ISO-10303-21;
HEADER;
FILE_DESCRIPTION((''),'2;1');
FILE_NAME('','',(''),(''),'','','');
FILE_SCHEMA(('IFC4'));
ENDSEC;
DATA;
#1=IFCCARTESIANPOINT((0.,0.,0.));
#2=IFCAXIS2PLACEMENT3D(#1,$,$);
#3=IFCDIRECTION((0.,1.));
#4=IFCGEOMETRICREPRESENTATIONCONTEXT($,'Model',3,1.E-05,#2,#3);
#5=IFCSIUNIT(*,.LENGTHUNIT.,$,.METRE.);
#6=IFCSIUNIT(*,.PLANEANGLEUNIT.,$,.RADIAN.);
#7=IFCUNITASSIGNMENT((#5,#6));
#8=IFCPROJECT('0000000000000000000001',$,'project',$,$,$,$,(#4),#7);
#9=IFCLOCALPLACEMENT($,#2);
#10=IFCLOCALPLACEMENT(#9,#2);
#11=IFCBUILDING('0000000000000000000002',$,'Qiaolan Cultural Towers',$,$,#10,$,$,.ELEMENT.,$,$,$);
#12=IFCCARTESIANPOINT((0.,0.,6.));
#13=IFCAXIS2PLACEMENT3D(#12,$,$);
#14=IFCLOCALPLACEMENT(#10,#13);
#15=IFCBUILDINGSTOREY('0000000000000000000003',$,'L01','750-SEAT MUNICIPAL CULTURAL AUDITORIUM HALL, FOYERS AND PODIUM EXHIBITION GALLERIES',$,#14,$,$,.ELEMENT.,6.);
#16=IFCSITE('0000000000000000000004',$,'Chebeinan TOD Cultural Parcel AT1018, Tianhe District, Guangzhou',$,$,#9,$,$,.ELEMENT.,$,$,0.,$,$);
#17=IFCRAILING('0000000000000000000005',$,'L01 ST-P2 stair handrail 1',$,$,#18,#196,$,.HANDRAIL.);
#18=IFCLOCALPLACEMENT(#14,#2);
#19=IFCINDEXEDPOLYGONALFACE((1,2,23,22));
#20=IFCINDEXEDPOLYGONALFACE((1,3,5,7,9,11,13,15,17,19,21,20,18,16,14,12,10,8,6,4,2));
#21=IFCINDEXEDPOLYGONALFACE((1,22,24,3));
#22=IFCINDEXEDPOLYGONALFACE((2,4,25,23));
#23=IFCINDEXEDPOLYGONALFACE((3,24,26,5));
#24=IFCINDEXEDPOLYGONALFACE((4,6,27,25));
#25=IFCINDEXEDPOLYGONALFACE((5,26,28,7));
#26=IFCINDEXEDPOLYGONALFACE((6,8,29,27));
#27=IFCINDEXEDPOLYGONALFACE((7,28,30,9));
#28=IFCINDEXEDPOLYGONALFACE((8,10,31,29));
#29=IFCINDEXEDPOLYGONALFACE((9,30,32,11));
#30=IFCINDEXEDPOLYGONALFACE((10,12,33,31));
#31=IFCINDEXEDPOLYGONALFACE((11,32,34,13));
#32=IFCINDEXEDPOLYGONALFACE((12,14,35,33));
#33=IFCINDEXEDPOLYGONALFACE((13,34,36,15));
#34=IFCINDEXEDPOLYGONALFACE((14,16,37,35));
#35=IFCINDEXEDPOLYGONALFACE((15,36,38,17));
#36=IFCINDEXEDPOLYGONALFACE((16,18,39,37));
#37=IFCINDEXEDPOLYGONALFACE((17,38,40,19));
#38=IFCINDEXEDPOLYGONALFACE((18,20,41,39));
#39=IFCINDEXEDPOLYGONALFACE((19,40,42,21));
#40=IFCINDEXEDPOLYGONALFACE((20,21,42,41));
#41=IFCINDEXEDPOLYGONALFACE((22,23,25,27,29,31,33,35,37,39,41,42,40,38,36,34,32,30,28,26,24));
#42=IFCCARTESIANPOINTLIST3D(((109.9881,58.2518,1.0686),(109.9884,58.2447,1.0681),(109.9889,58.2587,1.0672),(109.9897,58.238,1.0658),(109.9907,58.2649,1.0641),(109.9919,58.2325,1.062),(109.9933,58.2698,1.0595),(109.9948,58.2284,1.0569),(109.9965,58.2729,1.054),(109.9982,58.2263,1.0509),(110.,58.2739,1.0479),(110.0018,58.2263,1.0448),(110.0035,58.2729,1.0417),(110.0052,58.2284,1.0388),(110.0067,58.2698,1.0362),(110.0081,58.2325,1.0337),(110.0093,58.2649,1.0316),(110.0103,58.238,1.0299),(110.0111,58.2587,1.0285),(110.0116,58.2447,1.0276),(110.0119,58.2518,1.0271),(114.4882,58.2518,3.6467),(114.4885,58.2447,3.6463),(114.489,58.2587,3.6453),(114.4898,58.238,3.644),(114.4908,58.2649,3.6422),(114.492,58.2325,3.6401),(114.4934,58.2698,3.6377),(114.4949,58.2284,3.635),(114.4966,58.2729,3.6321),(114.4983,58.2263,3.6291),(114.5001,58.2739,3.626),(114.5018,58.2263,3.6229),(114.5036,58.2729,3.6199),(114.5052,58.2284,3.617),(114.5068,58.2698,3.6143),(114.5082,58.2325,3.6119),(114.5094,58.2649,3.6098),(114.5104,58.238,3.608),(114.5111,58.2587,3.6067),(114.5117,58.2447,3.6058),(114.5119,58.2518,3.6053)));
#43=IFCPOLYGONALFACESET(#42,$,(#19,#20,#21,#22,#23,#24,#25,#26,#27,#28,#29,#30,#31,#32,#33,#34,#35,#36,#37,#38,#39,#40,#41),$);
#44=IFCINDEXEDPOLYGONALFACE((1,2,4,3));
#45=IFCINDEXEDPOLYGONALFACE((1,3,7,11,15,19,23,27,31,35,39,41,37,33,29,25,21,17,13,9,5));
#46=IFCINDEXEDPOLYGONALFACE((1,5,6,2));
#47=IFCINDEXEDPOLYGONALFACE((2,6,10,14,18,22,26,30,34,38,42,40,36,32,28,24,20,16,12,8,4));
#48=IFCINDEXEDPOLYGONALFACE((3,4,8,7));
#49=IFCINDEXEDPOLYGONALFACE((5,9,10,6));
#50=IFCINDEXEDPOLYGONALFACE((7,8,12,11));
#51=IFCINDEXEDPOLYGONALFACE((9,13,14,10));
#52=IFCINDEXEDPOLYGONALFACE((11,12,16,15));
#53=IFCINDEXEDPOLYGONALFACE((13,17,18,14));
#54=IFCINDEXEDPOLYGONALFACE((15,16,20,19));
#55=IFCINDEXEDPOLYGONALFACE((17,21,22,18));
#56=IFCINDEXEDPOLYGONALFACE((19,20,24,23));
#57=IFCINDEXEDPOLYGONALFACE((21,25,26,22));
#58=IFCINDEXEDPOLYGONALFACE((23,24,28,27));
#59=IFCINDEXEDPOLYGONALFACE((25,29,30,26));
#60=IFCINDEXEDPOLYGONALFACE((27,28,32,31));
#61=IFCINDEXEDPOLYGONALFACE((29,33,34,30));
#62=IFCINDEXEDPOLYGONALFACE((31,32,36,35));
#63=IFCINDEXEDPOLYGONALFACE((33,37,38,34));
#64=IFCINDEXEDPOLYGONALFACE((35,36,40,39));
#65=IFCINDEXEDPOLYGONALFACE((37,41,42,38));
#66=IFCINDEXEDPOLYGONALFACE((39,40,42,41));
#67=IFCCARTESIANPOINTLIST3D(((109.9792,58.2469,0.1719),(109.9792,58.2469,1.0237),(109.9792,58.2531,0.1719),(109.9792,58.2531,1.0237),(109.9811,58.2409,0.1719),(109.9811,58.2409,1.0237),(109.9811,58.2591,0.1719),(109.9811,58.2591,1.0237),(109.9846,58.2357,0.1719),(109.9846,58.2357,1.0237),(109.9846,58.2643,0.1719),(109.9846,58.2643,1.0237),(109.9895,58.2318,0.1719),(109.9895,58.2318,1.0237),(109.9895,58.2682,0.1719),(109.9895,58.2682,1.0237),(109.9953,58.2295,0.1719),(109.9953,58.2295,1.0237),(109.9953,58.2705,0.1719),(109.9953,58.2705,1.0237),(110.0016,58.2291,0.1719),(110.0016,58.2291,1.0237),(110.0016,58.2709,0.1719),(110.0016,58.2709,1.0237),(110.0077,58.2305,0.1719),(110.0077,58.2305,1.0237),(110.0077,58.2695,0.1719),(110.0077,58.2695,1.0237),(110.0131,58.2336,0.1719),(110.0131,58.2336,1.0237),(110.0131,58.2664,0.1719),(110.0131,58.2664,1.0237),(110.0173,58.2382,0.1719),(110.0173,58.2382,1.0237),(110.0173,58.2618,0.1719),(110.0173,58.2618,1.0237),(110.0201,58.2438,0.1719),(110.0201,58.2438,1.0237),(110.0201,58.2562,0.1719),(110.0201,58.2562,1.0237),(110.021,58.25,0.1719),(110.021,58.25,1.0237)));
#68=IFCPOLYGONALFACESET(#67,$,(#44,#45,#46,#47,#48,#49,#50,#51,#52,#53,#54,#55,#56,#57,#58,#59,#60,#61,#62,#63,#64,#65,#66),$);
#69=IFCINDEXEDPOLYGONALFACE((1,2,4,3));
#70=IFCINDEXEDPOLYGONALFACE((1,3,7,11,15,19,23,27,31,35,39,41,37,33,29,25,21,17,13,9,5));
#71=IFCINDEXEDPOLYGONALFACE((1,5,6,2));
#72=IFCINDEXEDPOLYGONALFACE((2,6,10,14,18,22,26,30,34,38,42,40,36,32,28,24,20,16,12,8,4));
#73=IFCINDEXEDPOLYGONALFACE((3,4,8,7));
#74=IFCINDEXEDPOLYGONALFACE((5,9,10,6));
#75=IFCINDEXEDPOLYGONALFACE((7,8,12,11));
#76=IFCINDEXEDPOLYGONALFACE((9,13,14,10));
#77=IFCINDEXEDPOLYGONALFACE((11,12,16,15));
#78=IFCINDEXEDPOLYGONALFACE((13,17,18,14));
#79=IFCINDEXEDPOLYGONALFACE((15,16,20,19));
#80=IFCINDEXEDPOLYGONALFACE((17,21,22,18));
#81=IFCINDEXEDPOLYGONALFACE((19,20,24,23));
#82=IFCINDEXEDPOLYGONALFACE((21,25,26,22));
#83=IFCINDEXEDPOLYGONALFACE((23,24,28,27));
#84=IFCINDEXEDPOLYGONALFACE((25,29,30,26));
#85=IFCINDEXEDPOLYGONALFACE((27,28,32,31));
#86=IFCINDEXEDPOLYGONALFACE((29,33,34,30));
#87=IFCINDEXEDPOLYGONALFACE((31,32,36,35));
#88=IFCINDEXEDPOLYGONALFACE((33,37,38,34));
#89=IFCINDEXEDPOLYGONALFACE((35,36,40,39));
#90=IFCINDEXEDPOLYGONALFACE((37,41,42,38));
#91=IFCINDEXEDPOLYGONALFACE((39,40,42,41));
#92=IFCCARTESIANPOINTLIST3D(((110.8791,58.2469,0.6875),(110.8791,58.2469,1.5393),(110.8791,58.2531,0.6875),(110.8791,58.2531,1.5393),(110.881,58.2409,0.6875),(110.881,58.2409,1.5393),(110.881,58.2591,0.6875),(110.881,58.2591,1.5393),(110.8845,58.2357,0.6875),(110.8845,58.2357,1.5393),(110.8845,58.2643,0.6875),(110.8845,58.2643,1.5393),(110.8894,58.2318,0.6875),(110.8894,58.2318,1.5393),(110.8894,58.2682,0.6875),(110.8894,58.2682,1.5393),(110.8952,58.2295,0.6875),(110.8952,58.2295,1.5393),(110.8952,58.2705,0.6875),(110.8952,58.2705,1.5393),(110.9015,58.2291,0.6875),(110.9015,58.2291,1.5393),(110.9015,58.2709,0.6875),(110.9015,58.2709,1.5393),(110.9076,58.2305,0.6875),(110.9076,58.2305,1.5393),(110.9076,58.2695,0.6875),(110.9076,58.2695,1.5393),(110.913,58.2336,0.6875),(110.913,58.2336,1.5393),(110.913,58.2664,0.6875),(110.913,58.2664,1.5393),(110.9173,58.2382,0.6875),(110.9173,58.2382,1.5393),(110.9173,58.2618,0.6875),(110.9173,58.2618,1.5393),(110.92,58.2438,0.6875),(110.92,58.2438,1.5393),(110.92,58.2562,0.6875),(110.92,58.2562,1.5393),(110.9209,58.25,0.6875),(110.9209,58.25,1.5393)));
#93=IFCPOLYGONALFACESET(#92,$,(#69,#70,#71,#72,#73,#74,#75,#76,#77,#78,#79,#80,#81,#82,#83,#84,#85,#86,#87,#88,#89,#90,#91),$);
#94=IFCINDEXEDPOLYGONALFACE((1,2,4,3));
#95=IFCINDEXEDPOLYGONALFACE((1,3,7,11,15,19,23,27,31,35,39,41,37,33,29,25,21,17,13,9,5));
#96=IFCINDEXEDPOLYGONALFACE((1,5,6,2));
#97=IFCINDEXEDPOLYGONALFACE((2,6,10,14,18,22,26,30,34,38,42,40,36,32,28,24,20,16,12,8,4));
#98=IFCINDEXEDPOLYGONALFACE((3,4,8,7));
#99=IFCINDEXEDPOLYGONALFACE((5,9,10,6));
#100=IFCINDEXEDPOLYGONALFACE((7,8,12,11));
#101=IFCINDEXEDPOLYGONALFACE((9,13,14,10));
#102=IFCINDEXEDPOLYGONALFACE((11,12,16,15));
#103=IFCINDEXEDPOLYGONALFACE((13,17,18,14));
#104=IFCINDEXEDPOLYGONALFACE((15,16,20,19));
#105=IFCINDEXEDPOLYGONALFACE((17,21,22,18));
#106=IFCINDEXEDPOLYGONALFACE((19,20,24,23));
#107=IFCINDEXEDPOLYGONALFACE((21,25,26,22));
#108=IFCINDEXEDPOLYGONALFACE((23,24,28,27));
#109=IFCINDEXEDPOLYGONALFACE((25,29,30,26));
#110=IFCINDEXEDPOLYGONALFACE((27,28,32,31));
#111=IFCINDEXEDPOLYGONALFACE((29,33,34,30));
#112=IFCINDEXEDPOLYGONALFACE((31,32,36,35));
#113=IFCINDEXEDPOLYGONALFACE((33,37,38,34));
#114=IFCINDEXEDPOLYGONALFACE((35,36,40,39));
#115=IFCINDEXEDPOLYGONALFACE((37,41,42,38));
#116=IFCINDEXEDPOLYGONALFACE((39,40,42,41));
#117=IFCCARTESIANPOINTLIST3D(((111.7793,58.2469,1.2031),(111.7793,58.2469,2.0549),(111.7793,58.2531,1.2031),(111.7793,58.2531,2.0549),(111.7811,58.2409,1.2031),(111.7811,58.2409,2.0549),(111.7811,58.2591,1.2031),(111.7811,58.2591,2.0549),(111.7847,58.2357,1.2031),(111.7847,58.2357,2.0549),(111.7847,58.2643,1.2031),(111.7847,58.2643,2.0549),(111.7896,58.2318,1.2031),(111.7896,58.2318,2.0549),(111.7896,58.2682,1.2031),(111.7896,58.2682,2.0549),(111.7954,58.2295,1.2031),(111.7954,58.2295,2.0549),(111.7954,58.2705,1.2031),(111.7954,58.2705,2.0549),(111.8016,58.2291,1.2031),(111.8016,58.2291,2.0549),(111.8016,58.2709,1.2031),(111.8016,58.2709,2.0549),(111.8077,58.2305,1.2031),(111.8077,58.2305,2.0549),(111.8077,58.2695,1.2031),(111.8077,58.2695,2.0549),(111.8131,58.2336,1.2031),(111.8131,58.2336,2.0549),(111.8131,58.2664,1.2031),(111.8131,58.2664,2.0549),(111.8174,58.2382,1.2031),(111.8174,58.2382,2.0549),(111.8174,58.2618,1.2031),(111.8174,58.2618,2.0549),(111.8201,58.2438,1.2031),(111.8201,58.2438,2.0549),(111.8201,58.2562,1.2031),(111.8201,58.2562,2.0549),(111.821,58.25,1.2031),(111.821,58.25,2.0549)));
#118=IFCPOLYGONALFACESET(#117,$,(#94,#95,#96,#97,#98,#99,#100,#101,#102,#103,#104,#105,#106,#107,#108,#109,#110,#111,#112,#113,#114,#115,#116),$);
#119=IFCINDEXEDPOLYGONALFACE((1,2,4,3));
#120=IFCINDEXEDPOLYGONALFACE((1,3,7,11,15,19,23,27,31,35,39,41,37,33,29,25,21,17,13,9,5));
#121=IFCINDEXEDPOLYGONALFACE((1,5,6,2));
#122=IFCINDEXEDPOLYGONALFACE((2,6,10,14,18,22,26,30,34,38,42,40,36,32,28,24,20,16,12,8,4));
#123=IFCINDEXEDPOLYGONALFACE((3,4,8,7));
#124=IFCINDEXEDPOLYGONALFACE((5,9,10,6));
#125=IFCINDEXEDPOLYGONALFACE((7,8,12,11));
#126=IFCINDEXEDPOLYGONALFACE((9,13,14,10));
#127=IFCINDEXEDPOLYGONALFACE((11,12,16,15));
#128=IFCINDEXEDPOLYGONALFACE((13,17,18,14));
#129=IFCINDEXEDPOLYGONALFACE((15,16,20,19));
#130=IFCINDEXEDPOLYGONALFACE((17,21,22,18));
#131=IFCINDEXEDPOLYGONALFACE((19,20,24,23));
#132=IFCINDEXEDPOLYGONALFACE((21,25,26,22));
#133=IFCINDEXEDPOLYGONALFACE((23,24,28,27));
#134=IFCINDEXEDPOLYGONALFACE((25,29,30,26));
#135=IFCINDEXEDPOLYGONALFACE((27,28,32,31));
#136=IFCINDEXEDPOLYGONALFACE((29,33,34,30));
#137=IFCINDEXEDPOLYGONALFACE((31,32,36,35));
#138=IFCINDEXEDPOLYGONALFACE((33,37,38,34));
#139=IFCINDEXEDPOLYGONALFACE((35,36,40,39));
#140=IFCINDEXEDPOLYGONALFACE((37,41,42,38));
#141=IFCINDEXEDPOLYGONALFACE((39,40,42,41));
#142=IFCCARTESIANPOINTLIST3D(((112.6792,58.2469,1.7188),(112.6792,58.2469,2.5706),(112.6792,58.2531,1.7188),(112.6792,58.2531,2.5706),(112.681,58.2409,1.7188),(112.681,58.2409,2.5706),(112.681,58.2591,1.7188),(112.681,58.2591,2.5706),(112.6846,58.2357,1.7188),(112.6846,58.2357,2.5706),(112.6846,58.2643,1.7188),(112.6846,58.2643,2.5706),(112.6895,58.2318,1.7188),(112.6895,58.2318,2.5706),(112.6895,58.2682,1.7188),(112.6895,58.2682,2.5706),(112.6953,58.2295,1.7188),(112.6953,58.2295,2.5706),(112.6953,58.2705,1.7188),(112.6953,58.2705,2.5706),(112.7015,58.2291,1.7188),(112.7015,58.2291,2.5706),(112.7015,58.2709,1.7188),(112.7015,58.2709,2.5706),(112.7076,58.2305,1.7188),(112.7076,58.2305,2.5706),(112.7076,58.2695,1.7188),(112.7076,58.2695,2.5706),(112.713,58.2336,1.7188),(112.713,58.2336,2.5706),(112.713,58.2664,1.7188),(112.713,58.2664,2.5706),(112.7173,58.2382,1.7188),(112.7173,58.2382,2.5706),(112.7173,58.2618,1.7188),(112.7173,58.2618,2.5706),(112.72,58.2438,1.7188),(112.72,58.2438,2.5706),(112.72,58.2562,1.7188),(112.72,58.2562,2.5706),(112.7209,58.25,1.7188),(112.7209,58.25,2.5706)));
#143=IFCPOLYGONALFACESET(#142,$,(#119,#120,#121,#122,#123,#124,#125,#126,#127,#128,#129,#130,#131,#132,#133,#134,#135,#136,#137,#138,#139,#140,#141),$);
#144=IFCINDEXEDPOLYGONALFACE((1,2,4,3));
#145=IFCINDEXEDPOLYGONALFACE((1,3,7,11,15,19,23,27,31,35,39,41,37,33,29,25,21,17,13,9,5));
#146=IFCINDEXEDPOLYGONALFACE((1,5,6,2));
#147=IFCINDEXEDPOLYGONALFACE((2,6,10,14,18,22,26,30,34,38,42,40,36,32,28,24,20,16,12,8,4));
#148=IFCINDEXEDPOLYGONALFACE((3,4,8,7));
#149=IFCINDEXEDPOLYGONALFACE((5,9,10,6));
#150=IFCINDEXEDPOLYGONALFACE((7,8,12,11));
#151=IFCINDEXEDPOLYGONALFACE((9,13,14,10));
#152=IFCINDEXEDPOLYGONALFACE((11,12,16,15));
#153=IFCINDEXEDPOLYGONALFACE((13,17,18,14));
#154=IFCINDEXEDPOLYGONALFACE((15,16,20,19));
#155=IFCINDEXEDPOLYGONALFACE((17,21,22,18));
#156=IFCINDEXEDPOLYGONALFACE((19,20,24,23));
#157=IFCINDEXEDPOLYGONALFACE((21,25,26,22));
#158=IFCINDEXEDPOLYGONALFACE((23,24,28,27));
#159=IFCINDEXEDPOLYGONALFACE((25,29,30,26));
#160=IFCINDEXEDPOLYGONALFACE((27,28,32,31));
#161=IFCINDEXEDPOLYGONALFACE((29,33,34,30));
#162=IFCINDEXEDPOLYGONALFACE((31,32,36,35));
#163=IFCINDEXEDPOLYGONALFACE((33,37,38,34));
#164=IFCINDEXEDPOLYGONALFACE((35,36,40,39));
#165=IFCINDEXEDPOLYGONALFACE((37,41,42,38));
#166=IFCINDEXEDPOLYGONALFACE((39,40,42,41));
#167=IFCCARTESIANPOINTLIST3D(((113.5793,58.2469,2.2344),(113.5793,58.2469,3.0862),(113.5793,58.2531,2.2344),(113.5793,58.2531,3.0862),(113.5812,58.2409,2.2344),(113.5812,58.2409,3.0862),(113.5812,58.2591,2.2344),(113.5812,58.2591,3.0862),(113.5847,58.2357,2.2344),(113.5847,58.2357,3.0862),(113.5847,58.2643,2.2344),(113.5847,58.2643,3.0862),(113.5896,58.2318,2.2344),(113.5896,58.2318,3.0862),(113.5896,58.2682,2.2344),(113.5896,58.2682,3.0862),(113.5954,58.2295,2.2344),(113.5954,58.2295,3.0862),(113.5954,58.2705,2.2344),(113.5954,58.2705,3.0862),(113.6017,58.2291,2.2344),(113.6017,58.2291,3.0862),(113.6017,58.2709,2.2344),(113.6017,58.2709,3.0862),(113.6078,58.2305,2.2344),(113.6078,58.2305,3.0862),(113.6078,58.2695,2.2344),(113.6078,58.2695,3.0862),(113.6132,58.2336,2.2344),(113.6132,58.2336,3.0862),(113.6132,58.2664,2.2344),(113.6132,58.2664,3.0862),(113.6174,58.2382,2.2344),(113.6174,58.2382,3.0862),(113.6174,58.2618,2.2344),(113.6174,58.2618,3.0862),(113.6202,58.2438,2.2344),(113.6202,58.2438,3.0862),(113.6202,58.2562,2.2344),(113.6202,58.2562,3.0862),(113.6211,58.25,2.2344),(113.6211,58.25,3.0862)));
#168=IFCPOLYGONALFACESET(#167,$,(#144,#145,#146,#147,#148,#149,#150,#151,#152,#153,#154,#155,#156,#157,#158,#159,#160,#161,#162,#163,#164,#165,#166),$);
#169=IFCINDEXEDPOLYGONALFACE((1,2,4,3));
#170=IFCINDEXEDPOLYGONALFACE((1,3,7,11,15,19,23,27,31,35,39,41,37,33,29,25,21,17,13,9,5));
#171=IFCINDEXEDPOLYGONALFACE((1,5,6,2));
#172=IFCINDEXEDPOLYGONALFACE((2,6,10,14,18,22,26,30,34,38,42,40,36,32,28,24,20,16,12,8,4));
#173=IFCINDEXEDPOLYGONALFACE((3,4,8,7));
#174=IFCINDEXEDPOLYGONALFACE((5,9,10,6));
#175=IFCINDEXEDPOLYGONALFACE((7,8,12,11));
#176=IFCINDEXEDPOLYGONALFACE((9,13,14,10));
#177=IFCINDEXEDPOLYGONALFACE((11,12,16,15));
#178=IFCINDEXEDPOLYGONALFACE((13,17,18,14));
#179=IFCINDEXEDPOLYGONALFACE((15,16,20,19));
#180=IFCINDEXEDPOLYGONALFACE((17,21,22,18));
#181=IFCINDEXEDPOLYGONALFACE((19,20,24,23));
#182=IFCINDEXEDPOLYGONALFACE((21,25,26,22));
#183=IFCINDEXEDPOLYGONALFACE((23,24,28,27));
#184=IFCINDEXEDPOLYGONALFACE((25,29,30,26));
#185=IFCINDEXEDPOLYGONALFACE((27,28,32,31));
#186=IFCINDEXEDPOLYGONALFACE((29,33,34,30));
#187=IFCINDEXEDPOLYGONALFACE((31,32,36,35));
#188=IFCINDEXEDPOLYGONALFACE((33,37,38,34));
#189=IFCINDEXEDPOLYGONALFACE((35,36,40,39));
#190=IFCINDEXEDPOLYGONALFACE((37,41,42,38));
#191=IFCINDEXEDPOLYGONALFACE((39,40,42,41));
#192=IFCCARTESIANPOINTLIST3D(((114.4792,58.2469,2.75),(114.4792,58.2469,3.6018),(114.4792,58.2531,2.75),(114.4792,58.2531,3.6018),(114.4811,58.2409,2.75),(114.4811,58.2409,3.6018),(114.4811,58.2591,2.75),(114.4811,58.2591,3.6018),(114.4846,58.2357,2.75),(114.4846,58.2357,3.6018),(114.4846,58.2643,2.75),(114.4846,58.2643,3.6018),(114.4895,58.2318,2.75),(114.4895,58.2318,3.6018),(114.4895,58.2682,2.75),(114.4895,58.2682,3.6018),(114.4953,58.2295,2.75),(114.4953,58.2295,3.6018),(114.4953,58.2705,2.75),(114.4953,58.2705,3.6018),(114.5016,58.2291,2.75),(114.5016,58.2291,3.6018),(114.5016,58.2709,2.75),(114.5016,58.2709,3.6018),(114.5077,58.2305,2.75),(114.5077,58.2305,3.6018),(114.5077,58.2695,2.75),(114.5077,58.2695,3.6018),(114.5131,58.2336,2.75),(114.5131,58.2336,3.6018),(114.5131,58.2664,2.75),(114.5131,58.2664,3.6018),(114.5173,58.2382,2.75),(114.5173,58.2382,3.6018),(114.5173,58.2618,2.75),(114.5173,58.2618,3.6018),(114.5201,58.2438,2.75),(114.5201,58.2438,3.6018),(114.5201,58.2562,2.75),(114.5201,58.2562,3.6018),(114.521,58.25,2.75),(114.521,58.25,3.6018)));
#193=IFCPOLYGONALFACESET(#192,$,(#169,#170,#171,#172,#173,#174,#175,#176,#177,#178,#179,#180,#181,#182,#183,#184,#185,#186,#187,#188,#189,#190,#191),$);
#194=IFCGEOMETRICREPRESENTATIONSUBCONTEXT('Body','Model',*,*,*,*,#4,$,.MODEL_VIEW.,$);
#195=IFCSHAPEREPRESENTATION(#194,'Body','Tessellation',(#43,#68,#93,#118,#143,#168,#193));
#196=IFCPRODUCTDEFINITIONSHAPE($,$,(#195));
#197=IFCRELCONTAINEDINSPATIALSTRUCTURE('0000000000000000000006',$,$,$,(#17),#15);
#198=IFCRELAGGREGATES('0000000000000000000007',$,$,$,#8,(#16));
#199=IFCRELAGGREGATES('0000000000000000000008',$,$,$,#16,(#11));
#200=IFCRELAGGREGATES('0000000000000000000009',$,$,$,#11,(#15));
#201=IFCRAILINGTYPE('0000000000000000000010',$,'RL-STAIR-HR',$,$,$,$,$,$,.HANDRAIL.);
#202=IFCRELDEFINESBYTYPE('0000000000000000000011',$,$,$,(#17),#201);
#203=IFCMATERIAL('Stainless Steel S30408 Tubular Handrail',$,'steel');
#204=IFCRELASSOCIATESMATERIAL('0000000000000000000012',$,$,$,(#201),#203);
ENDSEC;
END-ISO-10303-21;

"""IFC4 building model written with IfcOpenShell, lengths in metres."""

from ifc_helpers import new_model, si_unit, direction, frame, origin, origin_2d, place, context, subcontext, project, spatial, circle, extrude, material, type_object, element, save


model = new_model("IFC4")

# Units and contexts
model_context = context("Model", 3, precision=1e-05, world=origin(), true_north=direction((0.0, 1.0)))
body_context = subcontext(model_context, "Body", "Model", "MODEL_VIEW")
ifc_project = project(units=[si_unit("LENGTHUNIT", "METRE"), si_unit("PLANEANGLEUNIT", "RADIAN")], contexts=[model_context])

# Site, building, storey
site_placement = place(None, origin())
site = spatial("IfcSite", under=ifc_project, at=site_placement, Name="Chebeinan TOD Cultural Parcel AT1018, Tianhe District, Guangzhou", CompositionType="ELEMENT", RefElevation=0.0)
building_placement = place(site_placement, origin())
building = spatial("IfcBuilding", under=site, at=building_placement, Name="Qiaolan Cultural Towers", CompositionType="ELEMENT")
storey_placement = place(building_placement, frame((0.0, 0.0, 6.0)))
storey = spatial("IfcBuildingStorey", under=building, at=storey_placement, Name="L01", Description="750-SEAT MUNICIPAL CULTURAL AUDITORIUM HALL, FOYERS AND PODIUM EXHIBITION GALLERIES", CompositionType="ELEMENT", Elevation=6.0)

# Railing
ifc_material_1 = material(Name="Stainless Steel S30408 Tubular Handrail", Category="steel")
railing_type_1 = type_object("IfcRailingType", Name="RL-STAIR-HR", PredefinedType="HANDRAIL", material=ifc_material_1)
railing_1_placement = place(storey_placement, frame((110.0, 58.25, 0.1719)))
element("IfcRailing", 1, at=railing_1_placement, inside=storey, type_object=railing_type_1, Name="L01 ST-P2 stair handrail 1", PredefinedType="HANDRAIL", context=body_context, shape_type="SweptSolid", body=[
    extrude(circle(Radius=0.0239, at=origin_2d()), frame((0.0, 0.0, 0.876), z_axis=(0.867686, 0.0, 0.497112), x_axis=(0.0, 1.0, 0.0)), (0.0, 0.0, 1.0), 5.1863),
    extrude(circle(Radius=0.021, at=origin_2d()), origin(), (0.0, 0.0, 1.0), 0.8518),
    extrude(circle(Radius=0.021, at=origin_2d()), frame((0.8999, 0.0, 0.5156)), (0.0, 0.0, 1.0), 0.8518),
    extrude(circle(Radius=0.021, at=origin_2d()), frame((1.8, 0.0, 1.0312)), (0.0, 0.0, 1.0), 0.8518),
    extrude(circle(Radius=0.021, at=origin_2d()), frame((2.7, 0.0, 1.5469)), (0.0, 0.0, 1.0), 0.8518),
    extrude(circle(Radius=0.021, at=origin_2d()), frame((3.6001, 0.0, 2.0625)), (0.0, 0.0, 1.0), 0.8518),
    extrude(circle(Radius=0.021, at=origin_2d()), frame((4.5, 0.0, 2.5781)), (0.0, 0.0, 1.0), 0.8518),
])

save(model, "model.ifc")
